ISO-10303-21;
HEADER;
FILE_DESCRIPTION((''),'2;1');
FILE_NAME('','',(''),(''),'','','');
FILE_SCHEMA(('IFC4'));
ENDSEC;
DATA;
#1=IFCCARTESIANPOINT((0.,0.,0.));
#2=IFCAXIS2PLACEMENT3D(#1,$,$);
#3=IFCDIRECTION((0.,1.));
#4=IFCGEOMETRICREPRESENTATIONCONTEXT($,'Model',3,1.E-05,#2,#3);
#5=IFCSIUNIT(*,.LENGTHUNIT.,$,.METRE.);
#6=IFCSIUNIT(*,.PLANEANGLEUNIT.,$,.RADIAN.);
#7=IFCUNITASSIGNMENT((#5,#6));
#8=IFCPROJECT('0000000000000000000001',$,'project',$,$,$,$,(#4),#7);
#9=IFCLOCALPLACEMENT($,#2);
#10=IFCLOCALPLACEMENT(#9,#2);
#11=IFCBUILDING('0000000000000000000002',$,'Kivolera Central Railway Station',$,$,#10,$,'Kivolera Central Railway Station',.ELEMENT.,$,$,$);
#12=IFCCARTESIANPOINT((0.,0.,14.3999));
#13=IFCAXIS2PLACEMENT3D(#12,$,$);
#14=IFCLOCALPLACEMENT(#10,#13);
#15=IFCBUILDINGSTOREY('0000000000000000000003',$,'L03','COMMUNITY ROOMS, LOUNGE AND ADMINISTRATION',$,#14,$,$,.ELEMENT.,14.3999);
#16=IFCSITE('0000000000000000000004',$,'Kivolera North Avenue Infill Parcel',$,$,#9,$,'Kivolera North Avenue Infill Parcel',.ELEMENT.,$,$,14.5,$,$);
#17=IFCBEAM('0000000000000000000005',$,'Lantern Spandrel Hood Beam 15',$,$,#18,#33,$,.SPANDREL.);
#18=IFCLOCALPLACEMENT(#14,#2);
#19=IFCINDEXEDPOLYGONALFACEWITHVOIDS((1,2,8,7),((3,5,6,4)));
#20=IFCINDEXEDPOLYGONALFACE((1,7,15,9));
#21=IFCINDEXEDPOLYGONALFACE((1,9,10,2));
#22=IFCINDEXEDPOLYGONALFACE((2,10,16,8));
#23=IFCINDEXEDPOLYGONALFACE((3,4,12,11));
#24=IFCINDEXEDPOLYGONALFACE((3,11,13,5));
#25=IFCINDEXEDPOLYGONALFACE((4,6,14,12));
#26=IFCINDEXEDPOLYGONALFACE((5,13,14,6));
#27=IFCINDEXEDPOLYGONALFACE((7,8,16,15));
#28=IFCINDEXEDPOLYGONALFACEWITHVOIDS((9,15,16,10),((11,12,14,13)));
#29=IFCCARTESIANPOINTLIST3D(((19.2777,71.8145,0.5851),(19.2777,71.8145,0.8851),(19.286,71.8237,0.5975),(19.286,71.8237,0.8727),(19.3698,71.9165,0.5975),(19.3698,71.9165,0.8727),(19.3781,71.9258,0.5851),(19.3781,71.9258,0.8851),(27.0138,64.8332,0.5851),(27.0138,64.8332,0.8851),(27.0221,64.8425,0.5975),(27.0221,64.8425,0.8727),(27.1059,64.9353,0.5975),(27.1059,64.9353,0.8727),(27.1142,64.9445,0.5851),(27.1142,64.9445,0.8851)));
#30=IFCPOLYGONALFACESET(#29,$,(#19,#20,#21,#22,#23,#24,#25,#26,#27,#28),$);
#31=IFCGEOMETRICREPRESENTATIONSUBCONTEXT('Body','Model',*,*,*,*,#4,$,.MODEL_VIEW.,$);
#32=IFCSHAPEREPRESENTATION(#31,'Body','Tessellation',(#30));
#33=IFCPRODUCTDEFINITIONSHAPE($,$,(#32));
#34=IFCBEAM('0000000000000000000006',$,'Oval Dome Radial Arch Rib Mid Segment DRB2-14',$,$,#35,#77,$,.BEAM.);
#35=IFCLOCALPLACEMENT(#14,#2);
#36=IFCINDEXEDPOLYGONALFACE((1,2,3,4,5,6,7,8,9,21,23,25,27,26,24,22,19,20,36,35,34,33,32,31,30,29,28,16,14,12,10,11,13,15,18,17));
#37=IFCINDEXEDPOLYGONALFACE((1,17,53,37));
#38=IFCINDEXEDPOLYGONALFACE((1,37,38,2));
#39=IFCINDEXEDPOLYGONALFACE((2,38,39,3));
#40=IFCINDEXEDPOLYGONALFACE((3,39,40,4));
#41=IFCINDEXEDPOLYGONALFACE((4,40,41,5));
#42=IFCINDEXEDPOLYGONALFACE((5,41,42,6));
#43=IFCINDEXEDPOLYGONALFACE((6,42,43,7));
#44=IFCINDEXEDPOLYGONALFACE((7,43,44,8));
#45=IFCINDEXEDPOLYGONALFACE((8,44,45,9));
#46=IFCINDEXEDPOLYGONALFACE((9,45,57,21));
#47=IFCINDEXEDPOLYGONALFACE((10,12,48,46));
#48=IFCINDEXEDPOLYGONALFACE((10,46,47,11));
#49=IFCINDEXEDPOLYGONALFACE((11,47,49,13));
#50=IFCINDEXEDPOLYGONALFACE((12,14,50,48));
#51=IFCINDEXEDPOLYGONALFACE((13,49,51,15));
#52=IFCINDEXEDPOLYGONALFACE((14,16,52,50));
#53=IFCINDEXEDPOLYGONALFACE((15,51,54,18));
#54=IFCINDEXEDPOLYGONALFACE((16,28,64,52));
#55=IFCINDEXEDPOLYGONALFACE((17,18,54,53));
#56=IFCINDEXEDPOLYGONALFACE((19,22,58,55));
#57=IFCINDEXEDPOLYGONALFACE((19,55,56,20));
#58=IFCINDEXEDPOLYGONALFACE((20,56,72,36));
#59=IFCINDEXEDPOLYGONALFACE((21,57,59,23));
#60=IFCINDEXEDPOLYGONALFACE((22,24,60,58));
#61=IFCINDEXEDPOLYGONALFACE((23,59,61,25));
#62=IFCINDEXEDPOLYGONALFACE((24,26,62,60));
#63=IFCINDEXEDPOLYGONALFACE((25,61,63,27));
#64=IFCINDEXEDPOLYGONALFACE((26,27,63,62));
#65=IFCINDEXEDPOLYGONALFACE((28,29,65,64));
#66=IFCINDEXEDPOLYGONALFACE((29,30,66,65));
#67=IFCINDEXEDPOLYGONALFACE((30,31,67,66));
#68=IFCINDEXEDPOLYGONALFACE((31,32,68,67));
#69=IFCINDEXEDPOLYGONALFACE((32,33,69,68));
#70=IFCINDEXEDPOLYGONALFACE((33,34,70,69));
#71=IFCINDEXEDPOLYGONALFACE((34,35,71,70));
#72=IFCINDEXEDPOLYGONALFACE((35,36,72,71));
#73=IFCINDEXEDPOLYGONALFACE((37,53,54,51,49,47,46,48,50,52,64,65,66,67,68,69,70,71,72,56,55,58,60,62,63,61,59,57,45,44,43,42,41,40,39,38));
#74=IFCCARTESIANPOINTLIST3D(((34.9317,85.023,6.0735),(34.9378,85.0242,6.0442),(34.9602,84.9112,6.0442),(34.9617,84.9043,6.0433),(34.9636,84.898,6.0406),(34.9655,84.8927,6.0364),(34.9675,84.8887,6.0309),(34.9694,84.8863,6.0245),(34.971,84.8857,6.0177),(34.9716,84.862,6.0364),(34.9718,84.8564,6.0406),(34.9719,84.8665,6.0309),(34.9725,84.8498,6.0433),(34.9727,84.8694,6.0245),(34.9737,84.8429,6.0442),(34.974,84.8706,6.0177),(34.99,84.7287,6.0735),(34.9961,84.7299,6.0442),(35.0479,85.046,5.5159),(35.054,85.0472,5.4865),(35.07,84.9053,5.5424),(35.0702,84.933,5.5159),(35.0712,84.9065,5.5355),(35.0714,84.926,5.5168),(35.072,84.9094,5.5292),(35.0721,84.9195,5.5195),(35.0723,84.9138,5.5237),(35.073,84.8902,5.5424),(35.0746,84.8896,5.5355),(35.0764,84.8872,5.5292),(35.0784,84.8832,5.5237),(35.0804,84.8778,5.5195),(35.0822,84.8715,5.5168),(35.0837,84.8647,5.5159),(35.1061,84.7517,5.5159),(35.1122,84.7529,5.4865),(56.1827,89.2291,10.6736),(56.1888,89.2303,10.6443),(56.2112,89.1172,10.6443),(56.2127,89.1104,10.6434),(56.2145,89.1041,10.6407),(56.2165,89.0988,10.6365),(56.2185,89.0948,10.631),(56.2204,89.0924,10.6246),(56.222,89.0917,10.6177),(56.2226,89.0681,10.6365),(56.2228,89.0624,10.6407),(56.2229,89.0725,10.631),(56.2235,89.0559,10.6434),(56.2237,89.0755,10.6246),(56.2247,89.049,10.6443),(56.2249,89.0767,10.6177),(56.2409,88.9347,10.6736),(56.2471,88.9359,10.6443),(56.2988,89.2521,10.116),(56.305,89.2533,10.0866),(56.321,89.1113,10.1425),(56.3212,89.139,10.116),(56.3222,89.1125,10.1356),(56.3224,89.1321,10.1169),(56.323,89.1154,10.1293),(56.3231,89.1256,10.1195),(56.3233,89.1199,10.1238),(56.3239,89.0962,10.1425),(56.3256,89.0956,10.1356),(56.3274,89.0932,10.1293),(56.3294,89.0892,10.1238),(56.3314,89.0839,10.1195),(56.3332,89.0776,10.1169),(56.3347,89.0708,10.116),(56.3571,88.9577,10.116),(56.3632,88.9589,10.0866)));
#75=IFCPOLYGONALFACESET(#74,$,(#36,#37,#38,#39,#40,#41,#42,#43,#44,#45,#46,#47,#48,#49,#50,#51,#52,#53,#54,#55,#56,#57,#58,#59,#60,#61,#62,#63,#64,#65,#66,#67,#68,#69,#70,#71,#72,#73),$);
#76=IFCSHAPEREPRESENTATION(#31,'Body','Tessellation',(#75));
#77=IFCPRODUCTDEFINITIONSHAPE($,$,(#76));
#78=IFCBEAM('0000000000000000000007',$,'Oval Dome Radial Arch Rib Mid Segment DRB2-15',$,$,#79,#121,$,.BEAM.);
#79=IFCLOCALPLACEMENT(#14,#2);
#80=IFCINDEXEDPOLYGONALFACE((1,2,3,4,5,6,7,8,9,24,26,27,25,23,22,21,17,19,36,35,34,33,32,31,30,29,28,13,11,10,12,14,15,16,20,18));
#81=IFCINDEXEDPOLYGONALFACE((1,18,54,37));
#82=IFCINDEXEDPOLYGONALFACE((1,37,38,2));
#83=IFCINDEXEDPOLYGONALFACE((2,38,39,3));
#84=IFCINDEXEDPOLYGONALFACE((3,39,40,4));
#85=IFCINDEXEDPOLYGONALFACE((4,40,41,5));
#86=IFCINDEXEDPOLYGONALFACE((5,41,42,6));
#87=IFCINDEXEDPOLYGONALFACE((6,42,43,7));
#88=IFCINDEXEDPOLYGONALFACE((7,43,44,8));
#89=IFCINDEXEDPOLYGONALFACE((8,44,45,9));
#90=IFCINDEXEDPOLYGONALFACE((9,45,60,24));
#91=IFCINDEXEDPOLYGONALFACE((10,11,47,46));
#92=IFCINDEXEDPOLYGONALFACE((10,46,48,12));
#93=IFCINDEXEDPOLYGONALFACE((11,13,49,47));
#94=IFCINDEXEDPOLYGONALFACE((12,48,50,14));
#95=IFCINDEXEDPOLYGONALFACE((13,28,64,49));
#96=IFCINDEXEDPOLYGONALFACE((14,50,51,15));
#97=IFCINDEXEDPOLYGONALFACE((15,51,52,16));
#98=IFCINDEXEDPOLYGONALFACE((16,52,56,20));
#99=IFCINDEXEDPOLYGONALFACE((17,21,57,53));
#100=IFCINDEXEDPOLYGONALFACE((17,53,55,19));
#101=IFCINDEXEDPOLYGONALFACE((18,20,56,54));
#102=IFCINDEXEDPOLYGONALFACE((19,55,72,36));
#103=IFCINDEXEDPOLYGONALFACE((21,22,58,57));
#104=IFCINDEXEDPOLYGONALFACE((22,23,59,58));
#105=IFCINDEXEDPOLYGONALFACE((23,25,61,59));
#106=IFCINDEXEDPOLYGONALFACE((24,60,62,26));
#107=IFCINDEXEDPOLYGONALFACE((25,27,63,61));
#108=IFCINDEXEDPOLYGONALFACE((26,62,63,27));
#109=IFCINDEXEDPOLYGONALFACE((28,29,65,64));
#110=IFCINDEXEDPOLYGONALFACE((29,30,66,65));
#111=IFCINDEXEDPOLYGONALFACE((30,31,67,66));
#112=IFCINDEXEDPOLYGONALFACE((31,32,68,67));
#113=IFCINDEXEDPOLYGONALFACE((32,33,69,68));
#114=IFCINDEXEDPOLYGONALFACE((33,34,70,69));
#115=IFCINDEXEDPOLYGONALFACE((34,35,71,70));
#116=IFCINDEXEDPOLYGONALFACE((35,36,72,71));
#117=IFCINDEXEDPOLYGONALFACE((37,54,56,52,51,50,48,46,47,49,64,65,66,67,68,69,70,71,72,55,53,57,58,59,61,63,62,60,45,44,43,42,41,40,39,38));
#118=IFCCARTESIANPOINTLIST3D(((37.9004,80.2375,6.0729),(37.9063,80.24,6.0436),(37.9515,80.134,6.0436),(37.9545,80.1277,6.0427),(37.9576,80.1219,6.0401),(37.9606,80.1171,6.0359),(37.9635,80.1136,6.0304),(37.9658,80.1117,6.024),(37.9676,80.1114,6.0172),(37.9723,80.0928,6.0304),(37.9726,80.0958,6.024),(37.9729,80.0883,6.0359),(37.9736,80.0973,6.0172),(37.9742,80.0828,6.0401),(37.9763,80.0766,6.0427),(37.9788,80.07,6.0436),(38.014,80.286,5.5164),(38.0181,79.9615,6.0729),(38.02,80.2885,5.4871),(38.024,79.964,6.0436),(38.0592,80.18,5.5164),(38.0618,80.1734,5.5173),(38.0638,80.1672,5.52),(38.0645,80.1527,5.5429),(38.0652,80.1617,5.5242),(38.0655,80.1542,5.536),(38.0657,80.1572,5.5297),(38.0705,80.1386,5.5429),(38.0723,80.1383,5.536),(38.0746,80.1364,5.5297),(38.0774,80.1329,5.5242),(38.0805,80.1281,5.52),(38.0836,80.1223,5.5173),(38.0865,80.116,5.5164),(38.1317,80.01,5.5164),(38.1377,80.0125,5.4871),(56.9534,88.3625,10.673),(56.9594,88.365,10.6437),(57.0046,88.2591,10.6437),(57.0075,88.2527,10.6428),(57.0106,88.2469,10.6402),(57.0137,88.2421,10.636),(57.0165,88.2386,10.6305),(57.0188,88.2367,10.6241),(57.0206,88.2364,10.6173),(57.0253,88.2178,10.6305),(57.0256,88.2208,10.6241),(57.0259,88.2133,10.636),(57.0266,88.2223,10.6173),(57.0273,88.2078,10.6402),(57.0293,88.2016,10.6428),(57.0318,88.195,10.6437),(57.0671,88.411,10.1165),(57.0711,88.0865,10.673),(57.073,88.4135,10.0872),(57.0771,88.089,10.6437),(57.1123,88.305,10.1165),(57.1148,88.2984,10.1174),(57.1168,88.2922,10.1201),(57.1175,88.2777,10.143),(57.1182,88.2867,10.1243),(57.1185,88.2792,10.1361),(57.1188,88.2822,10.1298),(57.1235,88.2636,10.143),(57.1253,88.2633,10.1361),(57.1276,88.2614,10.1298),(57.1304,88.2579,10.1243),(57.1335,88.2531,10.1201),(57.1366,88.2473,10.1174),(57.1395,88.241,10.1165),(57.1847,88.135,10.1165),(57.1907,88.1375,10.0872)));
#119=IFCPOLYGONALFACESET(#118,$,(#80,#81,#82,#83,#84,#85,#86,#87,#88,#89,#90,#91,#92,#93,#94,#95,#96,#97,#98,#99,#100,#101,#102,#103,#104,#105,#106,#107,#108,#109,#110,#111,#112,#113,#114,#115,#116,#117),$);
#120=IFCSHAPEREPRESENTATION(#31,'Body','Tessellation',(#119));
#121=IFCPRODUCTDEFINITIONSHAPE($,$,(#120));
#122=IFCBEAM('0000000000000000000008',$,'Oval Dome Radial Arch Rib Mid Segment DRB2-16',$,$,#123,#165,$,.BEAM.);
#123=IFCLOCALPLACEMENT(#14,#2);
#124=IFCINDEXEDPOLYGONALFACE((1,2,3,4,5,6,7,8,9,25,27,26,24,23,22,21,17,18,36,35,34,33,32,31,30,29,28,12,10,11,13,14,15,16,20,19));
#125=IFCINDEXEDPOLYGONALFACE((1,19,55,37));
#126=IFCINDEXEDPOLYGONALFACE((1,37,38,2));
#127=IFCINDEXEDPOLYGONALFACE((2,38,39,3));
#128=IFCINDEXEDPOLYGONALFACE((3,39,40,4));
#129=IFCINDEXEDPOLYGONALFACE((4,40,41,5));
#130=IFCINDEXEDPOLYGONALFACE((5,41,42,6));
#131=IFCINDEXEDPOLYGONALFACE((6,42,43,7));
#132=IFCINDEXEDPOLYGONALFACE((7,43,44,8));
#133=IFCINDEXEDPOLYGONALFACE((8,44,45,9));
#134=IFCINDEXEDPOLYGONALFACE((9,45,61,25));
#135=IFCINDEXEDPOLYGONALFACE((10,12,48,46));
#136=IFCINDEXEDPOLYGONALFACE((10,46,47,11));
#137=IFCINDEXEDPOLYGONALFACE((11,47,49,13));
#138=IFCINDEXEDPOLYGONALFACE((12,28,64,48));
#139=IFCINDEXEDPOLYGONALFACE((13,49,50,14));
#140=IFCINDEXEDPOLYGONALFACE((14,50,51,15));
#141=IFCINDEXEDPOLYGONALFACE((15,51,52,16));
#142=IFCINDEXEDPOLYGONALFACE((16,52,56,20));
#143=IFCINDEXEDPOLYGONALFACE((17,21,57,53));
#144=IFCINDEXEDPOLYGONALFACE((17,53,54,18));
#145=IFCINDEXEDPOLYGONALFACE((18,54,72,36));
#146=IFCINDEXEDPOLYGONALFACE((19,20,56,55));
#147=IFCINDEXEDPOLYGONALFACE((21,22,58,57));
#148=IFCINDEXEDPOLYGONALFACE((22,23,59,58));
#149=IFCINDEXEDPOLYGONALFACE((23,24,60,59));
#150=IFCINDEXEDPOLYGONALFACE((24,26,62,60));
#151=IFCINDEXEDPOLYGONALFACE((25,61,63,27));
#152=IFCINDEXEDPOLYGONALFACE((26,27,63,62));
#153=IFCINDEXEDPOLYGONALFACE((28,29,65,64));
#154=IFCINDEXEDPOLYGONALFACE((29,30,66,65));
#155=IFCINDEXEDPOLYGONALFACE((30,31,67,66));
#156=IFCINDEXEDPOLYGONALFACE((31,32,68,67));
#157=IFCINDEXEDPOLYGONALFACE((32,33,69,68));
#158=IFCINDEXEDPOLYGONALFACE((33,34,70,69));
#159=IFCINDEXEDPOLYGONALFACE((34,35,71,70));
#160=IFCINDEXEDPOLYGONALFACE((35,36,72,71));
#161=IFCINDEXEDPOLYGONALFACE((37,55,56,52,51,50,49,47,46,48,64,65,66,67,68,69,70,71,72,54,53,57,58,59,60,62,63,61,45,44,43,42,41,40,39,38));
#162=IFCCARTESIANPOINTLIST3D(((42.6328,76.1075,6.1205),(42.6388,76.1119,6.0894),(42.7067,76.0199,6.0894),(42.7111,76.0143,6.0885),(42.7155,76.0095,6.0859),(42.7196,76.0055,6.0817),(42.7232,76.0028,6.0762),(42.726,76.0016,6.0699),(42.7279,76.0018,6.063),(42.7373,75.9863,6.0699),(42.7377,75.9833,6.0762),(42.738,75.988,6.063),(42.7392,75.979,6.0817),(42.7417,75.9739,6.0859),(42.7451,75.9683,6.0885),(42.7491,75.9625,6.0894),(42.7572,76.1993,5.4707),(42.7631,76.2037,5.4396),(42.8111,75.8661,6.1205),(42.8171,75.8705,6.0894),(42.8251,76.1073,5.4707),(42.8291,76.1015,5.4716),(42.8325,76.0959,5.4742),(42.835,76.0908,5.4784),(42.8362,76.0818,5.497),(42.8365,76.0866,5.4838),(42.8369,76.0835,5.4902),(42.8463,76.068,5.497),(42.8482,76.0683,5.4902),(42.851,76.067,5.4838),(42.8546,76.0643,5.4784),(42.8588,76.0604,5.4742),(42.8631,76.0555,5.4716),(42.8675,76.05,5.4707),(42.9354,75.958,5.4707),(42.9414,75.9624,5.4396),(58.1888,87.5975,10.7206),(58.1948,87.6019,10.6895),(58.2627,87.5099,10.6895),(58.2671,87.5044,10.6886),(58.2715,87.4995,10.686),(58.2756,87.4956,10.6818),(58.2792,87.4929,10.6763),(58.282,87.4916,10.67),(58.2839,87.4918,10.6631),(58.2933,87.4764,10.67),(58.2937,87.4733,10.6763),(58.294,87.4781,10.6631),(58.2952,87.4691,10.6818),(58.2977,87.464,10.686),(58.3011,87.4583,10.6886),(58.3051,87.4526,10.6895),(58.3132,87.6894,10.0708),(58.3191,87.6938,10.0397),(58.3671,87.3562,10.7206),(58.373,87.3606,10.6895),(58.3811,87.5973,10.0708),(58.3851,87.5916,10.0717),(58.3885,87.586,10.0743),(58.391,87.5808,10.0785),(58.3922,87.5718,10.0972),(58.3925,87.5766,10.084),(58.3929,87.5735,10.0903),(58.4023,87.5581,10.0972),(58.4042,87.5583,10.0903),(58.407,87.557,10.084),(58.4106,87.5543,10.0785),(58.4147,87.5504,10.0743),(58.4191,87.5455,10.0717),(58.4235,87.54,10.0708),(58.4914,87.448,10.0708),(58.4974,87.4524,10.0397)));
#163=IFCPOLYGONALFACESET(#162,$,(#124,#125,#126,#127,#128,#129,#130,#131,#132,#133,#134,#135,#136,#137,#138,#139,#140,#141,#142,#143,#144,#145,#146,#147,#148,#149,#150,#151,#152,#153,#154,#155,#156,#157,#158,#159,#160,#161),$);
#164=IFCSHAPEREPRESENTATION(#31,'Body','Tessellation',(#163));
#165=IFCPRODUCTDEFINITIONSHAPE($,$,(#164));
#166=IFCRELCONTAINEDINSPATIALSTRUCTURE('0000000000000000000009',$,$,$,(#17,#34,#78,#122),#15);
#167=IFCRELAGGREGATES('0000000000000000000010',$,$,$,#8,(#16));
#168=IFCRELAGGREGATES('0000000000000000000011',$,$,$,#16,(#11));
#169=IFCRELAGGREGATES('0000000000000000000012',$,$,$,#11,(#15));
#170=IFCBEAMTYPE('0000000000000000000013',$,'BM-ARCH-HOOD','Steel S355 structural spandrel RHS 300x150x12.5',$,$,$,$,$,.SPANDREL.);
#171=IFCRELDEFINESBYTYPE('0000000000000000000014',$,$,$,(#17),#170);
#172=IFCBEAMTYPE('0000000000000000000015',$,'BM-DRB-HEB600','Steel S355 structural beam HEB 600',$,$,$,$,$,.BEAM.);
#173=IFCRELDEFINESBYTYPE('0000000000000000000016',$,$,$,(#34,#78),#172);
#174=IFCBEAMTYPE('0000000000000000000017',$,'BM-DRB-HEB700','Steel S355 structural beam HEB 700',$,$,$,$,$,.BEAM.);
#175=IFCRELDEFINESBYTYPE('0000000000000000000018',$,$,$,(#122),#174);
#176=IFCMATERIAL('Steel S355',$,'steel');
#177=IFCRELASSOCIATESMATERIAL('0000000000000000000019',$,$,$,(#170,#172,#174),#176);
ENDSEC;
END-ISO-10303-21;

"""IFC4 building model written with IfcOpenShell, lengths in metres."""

from ifc_helpers import new_model, si_unit, direction, frame, origin, origin_2d, place, context, subcontext, project, spatial, hollow_rectangle, i_section, extrude, material, material_profile, profile_set, type_object, element, save


model = new_model("IFC4")

# Units and contexts
model_context = context("Model", 3, precision=1e-05, world=origin(), true_north=direction((0.0, 1.0)))
body_context = subcontext(model_context, "Body", "Model", "MODEL_VIEW")
ifc_project = project(units=[si_unit("LENGTHUNIT", "METRE"), si_unit("PLANEANGLEUNIT", "RADIAN")], contexts=[model_context])

# Site, building, storey
site_placement = place(None, origin())
site = spatial("IfcSite", under=ifc_project, at=site_placement, Name="Kivolera North Avenue Infill Parcel", LongName="Kivolera North Avenue Infill Parcel", CompositionType="ELEMENT", RefElevation=14.5)
building_placement = place(site_placement, origin())
building = spatial("IfcBuilding", under=site, at=building_placement, Name="Kivolera Central Railway Station", LongName="Kivolera Central Railway Station", CompositionType="ELEMENT")
storey_placement = place(building_placement, frame((0.0, 0.0, 14.3999)))
storey = spatial("IfcBuildingStorey", under=building, at=storey_placement, Name="L03", Description="COMMUNITY ROOMS, LOUNGE AND ADMINISTRATION", CompositionType="ELEMENT", Elevation=14.3999)

# Beams
ifc_material_1 = material(Name="Steel S355", Category="steel")
ifc_material_profile_1 = material_profile(ifc_material_1, hollow_rectangle(XDim=0.1499, YDim=0.3, WallThickness=0.0125, at=origin_2d()), Name="RHS 300x150x12.5")
ifc_profile_set_1 = profile_set([ifc_material_profile_1], Name="Steel S355")
beam_type_1 = type_object("IfcBeamType", Name="BM-ARCH-HOOD", Description="Steel S355 structural spandrel RHS 300x150x12.5", PredefinedType="SPANDREL", material=ifc_profile_set_1)
beam_1_placement = place(storey_placement, frame((19.3279, 71.8701, 0.7351), z_axis=(0.7424, -0.669957, 0.0), x_axis=(0.669957, 0.7424, 0.0)))
element("IfcBeam", 1, at=beam_1_placement, inside=storey, type_object=beam_type_1, Name="Lantern Spandrel Hood Beam 15", PredefinedType="SPANDREL", context=body_context, shape_type="SweptSolid", body=[
    extrude(hollow_rectangle(XDim=0.1499, YDim=0.3, WallThickness=0.0125, at=origin_2d()), origin(), (0.0, 0.0, 1.0), 10.4204),
])
ifc_material_profile_2 = material_profile(ifc_material_1, i_section(OverallWidth=0.3, OverallDepth=0.6001, WebThickness=0.0154, FlangeThickness=0.03, FilletRadius=0.0271, at=origin_2d()), Name="HEB 600")
ifc_profile_set_2 = profile_set([ifc_material_profile_2], Name="Steel S355")
beam_type_2 = type_object("IfcBeamType", Name="BM-DRB-HEB600", Description="Steel S355 structural beam HEB 600", PredefinedType="BEAM", material=ifc_profile_set_2)
beam_2_placement = place(storey_placement, frame((35.022, 84.8879, 5.78), z_axis=(0.959575, 0.189922, 0.207715), x_axis=(-0.194157, 0.980971, 0.0)))
element("IfcBeam", 2, at=beam_2_placement, inside=storey, type_object=beam_type_2, Name="Oval Dome Radial Arch Rib Mid Segment DRB2-14", PredefinedType="BEAM", context=body_context, shape_type="SweptSolid", body=[
    extrude(i_section(OverallWidth=0.3, OverallDepth=0.6001, WebThickness=0.0154, FlangeThickness=0.03, FilletRadius=0.0271, at=origin_2d()), origin(), (0.0, 0.0, 1.0), 22.1462),
])
beam_3_placement = place(storey_placement, frame((38.019, 80.125, 5.78), z_axis=(0.897974, 0.382934, 0.216804), x_axis=(-0.392264, 0.919853, 0.0)))
element("IfcBeam", 3, at=beam_3_placement, inside=storey, type_object=beam_type_2, Name="Oval Dome Radial Arch Rib Mid Segment DRB2-15", PredefinedType="BEAM", context=body_context, shape_type="SweptSolid", body=[
    extrude(i_section(OverallWidth=0.3, OverallDepth=0.6001, WebThickness=0.0154, FlangeThickness=0.03, FilletRadius=0.0271, at=origin_2d()), origin(), (0.0, 0.0, 1.0), 21.2178),
])
ifc_material_profile_3 = material_profile(ifc_material_1, i_section(OverallWidth=0.3, OverallDepth=0.7, WebThickness=0.0171, FlangeThickness=0.032, FilletRadius=0.0271, at=origin_2d()), Name="HEB 700")
ifc_profile_set_3 = profile_set([ifc_material_profile_3], Name="Steel S355")
beam_type_3 = type_object("IfcBeamType", Name="BM-DRB-HEB700", Description="Steel S355 structural beam HEB 700", PredefinedType="BEAM", material=ifc_profile_set_3)
beam_4_placement = place(storey_placement, frame((42.7871, 76.0349, 5.78), z_axis=(0.782537, 0.578002, 0.231407), x_axis=(-0.594128, 0.80437, 0.0)))
element("IfcBeam", 4, at=beam_4_placement, inside=storey, type_object=beam_type_3, Name="Oval Dome Radial Arch Rib Mid Segment DRB2-16", PredefinedType="BEAM", context=body_context, shape_type="SweptSolid", body=[
    extrude(i_section(OverallWidth=0.3, OverallDepth=0.7, WebThickness=0.0171, FlangeThickness=0.032, FilletRadius=0.0271, at=origin_2d()), origin(), (0.0, 0.0, 1.0), 19.8789),
])

save(model, "model.ifc")
